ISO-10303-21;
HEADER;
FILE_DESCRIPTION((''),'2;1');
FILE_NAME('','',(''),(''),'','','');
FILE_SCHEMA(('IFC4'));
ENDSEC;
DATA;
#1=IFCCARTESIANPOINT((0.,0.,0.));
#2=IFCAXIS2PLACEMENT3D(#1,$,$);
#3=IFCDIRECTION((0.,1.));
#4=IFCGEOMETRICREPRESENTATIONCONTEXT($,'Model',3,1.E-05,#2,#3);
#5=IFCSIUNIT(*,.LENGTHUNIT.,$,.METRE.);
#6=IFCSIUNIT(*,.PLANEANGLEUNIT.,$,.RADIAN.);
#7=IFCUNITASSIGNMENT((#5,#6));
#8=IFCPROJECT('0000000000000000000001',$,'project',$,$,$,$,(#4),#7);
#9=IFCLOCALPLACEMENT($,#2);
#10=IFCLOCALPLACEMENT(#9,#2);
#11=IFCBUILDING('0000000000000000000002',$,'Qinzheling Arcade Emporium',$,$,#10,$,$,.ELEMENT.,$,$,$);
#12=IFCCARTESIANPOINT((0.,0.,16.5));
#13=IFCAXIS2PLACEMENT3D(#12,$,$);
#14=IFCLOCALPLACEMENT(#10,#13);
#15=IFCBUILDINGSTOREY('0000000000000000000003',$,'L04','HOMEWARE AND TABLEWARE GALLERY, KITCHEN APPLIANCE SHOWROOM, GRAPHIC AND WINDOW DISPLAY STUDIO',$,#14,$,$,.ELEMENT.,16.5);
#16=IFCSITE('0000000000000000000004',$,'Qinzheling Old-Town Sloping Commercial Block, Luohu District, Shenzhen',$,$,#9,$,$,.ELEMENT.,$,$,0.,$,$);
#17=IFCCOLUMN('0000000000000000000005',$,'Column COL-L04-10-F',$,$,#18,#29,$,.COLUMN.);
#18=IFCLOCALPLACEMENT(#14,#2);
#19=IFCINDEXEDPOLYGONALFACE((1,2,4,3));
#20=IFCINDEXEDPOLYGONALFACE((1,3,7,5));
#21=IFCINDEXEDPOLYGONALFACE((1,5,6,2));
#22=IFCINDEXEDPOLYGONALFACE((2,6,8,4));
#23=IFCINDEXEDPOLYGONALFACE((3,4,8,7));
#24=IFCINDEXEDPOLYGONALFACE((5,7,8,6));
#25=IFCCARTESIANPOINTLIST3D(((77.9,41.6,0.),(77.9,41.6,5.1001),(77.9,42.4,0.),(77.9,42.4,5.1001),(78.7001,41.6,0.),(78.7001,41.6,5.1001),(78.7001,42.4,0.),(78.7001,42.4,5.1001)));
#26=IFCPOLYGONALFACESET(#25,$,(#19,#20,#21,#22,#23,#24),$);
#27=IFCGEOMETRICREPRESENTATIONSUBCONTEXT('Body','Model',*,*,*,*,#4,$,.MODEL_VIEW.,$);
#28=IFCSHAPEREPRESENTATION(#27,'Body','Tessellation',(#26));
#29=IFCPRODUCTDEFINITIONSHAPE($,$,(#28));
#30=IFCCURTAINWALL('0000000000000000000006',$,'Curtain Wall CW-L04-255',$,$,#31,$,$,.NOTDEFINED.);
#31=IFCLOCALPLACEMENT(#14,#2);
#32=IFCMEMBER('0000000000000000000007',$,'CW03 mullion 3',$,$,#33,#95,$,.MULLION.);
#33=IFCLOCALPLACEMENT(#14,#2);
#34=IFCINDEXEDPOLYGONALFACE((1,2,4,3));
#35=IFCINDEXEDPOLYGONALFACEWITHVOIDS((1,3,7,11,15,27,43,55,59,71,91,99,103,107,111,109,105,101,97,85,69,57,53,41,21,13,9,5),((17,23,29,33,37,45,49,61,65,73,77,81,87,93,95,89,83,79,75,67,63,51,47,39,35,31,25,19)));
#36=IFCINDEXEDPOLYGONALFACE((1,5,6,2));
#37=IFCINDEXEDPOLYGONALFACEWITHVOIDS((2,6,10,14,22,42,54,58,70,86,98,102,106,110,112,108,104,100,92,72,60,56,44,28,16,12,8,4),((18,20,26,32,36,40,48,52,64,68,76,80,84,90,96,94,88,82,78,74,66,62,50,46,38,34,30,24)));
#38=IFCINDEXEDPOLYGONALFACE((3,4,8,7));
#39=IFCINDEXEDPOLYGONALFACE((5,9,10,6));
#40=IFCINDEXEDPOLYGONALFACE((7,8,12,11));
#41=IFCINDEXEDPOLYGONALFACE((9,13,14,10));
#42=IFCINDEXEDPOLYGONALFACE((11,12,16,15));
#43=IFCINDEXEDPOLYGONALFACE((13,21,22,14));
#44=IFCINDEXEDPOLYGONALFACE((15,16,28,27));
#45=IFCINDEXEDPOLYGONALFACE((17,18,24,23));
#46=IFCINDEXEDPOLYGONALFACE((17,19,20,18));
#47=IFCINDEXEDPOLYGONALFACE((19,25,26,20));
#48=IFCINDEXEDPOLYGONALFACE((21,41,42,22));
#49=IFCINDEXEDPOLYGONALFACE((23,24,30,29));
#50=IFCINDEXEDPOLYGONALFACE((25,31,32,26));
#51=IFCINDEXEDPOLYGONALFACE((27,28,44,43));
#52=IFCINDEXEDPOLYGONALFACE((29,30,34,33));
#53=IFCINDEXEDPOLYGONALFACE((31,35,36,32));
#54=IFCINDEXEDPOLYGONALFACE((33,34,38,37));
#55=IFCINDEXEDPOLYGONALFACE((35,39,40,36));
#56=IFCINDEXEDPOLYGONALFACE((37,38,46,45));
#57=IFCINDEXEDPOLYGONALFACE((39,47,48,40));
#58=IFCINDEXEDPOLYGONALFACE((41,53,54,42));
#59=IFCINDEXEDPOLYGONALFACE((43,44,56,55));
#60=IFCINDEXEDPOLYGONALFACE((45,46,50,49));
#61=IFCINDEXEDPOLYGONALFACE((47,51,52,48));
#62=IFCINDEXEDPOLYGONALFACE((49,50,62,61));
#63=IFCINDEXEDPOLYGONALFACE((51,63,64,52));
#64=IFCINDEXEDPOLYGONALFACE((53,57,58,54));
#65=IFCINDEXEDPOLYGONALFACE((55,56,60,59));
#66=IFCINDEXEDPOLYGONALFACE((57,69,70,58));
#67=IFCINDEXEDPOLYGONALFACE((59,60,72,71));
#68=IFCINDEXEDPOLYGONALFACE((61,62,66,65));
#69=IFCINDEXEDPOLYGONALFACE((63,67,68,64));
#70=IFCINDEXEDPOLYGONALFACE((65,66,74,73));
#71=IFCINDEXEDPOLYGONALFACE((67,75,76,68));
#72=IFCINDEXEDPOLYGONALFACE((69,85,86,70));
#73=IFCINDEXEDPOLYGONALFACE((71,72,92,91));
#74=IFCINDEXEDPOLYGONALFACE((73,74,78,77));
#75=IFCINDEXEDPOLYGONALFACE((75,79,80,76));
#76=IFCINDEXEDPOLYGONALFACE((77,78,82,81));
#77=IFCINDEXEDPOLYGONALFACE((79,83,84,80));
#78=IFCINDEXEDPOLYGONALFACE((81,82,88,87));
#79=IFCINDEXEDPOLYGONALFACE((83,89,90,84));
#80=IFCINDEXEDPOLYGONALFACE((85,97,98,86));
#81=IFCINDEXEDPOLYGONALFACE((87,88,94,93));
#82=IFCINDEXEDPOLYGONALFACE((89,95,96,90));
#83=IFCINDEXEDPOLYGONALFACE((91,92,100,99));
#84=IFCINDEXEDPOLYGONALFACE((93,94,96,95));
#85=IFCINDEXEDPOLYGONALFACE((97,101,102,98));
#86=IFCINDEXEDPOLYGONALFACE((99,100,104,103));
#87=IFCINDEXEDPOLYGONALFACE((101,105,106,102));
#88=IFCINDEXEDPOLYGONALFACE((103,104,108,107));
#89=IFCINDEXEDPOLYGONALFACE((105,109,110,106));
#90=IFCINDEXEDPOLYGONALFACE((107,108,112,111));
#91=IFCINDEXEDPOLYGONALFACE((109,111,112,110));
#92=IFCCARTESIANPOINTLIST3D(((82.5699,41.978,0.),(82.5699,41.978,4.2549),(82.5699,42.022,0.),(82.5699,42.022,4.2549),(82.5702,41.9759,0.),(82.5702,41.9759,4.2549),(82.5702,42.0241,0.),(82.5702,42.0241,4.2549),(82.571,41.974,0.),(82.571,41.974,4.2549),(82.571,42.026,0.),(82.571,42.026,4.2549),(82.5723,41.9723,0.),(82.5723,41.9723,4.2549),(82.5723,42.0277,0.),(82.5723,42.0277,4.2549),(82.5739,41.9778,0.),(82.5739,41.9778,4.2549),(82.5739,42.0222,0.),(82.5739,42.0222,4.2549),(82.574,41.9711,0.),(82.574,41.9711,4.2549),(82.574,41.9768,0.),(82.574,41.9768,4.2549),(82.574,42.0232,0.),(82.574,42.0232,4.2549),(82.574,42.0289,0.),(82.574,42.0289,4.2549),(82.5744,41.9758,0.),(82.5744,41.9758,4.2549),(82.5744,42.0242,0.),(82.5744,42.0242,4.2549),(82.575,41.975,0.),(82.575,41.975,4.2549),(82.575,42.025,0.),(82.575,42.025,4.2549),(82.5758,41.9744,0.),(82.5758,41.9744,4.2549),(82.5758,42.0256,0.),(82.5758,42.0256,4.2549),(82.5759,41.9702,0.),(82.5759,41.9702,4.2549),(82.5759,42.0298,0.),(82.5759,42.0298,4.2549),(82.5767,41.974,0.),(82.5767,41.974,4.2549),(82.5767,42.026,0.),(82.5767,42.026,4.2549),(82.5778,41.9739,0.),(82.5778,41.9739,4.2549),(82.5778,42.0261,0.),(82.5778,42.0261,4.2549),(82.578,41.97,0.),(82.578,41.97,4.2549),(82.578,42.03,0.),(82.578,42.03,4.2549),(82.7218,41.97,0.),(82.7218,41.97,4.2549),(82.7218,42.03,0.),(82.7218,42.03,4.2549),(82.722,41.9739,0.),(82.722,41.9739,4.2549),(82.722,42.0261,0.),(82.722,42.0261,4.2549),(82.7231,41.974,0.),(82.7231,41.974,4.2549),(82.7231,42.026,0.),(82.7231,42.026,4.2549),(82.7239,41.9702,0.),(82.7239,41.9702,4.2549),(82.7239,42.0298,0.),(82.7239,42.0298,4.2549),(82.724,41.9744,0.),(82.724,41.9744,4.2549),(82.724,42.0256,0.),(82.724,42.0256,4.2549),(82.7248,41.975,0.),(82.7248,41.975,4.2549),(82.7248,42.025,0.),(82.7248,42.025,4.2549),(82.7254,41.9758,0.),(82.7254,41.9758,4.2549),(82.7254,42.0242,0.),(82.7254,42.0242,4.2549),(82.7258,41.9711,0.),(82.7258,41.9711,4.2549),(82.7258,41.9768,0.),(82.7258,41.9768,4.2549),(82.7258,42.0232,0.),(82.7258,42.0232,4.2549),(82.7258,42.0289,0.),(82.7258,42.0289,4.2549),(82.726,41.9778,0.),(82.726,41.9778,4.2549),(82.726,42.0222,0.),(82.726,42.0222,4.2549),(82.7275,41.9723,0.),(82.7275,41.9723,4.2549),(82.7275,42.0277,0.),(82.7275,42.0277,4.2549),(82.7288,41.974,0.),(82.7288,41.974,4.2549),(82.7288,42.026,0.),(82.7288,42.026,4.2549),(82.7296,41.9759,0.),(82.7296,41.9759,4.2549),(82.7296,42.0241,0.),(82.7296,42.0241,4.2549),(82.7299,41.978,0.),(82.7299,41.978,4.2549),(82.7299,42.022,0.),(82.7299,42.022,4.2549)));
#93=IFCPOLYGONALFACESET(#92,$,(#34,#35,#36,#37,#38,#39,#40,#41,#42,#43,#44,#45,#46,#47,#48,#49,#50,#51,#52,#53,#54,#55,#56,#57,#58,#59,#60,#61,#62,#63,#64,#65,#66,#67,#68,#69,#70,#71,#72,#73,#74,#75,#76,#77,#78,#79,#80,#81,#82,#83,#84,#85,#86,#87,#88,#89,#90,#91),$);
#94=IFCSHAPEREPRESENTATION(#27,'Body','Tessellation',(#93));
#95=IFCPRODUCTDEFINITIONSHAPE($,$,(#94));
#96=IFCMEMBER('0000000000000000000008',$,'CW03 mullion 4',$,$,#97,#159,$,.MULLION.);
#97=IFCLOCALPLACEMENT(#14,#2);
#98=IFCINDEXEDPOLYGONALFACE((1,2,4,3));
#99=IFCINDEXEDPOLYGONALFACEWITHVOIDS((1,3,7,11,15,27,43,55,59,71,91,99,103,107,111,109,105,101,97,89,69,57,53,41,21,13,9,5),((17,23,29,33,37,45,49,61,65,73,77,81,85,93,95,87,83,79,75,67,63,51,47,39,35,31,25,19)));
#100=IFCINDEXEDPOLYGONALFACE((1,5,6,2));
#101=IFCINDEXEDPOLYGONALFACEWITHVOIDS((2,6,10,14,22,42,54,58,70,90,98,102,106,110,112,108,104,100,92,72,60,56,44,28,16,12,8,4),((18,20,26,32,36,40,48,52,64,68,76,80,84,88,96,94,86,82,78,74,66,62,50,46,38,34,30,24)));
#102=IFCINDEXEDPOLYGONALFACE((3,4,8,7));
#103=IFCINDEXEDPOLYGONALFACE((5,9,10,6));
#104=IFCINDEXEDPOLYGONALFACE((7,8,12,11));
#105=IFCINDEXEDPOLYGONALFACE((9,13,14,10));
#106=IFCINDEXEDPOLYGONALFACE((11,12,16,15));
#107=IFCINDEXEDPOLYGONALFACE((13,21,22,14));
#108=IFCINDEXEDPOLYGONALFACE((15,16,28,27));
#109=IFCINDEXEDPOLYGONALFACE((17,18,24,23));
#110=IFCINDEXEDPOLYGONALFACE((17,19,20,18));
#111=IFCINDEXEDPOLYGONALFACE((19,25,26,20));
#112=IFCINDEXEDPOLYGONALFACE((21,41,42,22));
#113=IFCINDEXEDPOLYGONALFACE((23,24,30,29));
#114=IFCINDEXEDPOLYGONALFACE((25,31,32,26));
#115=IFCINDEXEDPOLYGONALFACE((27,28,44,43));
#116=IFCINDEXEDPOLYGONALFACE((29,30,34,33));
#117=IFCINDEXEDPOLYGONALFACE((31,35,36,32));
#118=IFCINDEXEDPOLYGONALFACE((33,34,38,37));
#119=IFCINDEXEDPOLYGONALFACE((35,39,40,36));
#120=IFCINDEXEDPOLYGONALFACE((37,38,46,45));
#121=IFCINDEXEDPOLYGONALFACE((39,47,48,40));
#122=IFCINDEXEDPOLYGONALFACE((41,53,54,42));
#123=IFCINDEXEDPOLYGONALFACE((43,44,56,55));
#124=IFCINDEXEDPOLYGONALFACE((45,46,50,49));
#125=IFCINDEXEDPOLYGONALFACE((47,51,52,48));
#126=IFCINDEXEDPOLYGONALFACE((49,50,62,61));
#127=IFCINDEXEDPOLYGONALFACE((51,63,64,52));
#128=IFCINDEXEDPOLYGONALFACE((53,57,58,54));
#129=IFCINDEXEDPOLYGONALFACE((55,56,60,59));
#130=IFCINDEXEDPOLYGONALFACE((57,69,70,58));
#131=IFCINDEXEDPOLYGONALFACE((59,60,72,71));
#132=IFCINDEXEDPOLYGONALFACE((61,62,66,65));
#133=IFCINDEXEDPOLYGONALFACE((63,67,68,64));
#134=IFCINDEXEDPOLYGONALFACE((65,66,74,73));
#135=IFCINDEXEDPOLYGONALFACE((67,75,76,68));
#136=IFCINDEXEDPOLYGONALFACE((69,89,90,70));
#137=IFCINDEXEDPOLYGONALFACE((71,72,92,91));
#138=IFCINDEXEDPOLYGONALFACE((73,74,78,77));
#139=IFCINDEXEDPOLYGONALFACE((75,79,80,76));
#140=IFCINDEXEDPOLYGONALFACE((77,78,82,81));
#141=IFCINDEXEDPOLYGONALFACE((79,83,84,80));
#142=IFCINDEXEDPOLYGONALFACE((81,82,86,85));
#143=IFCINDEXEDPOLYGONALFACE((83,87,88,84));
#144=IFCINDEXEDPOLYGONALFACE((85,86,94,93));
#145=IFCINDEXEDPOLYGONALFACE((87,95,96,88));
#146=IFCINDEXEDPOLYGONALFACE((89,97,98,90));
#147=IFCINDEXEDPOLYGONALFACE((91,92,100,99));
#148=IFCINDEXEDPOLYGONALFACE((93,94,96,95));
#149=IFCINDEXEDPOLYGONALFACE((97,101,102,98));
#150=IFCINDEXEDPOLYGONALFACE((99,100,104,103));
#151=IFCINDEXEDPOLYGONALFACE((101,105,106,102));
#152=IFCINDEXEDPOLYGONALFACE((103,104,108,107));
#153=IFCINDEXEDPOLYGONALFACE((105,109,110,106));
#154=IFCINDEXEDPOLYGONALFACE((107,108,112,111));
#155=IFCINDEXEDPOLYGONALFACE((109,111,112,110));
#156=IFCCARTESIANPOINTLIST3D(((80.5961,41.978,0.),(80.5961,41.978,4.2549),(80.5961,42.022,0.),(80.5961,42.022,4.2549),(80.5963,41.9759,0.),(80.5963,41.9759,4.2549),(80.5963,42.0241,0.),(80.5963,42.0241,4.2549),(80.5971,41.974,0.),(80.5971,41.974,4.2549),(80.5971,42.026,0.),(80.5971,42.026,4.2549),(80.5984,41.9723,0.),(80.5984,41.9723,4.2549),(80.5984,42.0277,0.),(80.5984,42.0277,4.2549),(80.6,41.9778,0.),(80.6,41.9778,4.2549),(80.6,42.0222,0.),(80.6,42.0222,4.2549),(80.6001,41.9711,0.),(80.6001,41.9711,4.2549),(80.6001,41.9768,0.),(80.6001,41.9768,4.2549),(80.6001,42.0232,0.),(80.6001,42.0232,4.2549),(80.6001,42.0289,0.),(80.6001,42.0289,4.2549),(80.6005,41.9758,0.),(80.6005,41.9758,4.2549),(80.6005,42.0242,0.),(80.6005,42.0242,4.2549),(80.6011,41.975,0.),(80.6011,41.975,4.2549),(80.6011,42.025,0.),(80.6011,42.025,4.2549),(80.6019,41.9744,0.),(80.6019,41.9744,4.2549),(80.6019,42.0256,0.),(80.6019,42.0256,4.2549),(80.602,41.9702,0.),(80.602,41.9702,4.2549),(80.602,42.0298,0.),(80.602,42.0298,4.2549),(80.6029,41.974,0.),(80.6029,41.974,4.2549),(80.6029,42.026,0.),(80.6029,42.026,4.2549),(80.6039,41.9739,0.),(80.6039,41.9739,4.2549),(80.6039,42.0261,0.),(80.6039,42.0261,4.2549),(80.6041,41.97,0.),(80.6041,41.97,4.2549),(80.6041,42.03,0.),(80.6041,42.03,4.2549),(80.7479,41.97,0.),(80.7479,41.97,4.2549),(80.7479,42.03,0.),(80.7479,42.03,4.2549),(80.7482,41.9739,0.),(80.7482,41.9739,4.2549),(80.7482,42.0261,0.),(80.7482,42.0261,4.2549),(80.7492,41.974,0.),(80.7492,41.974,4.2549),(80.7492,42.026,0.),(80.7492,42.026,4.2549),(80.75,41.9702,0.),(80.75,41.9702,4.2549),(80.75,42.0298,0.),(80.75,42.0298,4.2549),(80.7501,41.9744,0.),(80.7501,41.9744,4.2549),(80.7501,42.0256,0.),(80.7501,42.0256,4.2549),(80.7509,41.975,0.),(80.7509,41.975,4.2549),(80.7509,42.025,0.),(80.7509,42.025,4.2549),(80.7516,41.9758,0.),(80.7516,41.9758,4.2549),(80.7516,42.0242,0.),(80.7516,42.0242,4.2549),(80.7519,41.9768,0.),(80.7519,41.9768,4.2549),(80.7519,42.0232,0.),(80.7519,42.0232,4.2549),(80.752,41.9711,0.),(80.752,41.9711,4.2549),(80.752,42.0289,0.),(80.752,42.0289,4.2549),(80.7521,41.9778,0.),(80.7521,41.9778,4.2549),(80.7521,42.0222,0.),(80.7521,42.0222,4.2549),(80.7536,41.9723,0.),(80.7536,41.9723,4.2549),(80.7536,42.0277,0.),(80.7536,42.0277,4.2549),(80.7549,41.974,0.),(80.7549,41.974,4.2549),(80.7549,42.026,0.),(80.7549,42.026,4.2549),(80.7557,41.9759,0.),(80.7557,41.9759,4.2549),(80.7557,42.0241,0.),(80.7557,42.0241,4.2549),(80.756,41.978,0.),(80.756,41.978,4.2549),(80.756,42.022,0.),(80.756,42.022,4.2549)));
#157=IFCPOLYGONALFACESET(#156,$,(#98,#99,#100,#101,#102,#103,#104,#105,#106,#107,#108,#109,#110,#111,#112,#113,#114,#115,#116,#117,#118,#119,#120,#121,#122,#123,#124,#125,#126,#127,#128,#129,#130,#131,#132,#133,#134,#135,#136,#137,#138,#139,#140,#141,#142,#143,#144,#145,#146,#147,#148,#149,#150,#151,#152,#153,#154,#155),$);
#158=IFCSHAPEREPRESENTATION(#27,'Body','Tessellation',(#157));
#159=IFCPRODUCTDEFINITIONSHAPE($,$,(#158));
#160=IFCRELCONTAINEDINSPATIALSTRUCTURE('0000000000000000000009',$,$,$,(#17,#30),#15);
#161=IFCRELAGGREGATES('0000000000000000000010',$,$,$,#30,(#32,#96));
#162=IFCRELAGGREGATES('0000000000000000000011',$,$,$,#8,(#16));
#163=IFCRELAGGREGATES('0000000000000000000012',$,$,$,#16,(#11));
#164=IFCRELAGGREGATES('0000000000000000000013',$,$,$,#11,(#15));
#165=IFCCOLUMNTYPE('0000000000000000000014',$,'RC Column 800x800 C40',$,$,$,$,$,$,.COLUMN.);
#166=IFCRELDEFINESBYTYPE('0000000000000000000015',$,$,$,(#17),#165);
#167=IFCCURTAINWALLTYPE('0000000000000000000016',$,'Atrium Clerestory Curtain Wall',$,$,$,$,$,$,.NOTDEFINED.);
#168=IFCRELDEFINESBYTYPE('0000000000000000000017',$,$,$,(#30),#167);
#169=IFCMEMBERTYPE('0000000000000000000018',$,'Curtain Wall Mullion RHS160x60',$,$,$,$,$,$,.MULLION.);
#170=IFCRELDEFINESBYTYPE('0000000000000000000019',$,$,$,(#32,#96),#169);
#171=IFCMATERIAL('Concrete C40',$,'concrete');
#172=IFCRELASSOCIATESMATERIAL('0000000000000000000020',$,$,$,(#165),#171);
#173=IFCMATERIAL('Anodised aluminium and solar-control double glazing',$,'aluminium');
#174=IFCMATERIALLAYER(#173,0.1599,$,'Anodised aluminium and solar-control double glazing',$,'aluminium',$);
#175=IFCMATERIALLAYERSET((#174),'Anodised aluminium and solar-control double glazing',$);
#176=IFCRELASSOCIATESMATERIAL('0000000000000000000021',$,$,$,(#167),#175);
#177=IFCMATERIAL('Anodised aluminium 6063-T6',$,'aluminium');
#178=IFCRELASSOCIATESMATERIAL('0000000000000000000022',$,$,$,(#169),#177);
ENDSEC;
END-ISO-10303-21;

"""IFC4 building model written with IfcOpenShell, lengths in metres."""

from ifc_helpers import new_model, si_unit, direction, frame, origin, origin_2d, place, context, subcontext, project, spatial, rectangle, hollow_rectangle, extrude, material, layer, layer_set, material_profile, profile_set, type_object, element, aggregate, save


model = new_model("IFC4")

# Units and contexts
model_context = context("Model", 3, precision=1e-05, world=origin(), true_north=direction((0.0, 1.0)))
body_context = subcontext(model_context, "Body", "Model", "MODEL_VIEW")
ifc_project = project(units=[si_unit("LENGTHUNIT", "METRE"), si_unit("PLANEANGLEUNIT", "RADIAN")], contexts=[model_context])

# Site, building, storey
site_placement = place(None, origin())
site = spatial("IfcSite", under=ifc_project, at=site_placement, Name="Qinzheling Old-Town Sloping Commercial Block, Luohu District, Shenzhen", CompositionType="ELEMENT", RefElevation=0.0)
building_placement = place(site_placement, origin())
building = spatial("IfcBuilding", under=site, at=building_placement, Name="Qinzheling Arcade Emporium", CompositionType="ELEMENT")
storey_placement = place(building_placement, frame((0.0, 0.0, 16.5)))
storey = spatial("IfcBuildingStorey", under=building, at=storey_placement, Name="L04", Description="HOMEWARE AND TABLEWARE GALLERY, KITCHEN APPLIANCE SHOWROOM, GRAPHIC AND WINDOW DISPLAY STUDIO", CompositionType="ELEMENT", Elevation=16.5)

# Column
ifc_material_1 = material(Name="Concrete C40", Category="concrete")
ifc_material_profile_1 = material_profile(ifc_material_1, rectangle(XDim=0.8, YDim=0.8, at=origin_2d()), Name="RC 800x800", Category="concrete")
ifc_profile_set_1 = profile_set([ifc_material_profile_1], Name="Concrete C40")
column_type = type_object("IfcColumnType", Name="RC Column 800x800 C40", PredefinedType="COLUMN", material=ifc_profile_set_1)
column_placement = place(storey_placement, frame((78.3, 42.0, 0.0), z_axis=(0.0, 0.0, 1.0), x_axis=(1.0, 0.0, 0.0)))
element("IfcColumn", 1, at=column_placement, inside=storey, type_object=column_type, Name="Column COL-L04-10-F", PredefinedType="COLUMN", context=body_context, shape_type="SweptSolid", body=[
    extrude(rectangle(XDim=0.8, YDim=0.8, at=origin_2d()), origin(), (0.0, 0.0, 1.0), 5.1001),
])

# Curtain wall, members
ifc_material_2 = material(Name="Anodised aluminium and solar-control double glazing", Category="aluminium")
ifc_layer_1 = layer(ifc_material_2, 0.1599, Name="Anodised aluminium and solar-control double glazing", Category="aluminium")
ifc_layer_set_1 = layer_set([ifc_layer_1], Name="Anodised aluminium and solar-control double glazing")
curtain_wall_type = type_object("IfcCurtainWallType", Name="Atrium Clerestory Curtain Wall", PredefinedType="NOTDEFINED", material=ifc_layer_set_1)
curtain_wall_1_placement = place(storey_placement, origin())
curtain_wall_1 = element("IfcCurtainWall", 2, at=curtain_wall_1_placement, inside=storey, type_object=curtain_wall_type, Name="Curtain Wall CW-L04-255", PredefinedType="NOTDEFINED")
ifc_material_3 = material(Name="Anodised aluminium 6063-T6", Category="aluminium")
ifc_material_profile_2 = material_profile(ifc_material_3, hollow_rectangle(XDim=0.0601, YDim=0.1599, WallThickness=0.0039, InnerFilletRadius=0.0039, OuterFilletRadius=0.0081, at=origin_2d()), Name="RHS 160x60x4", Category="aluminium")
ifc_profile_set_2 = profile_set([ifc_material_profile_2], Name="Anodised aluminium 6063-T6")
member_type_1 = type_object("IfcMemberType", Name="Curtain Wall Mullion RHS160x60", PredefinedType="MULLION", material=ifc_profile_set_2)
member_1_placement = place(storey_placement, frame((82.6499, 42.0, 0.0), z_axis=(0.0, 0.0, 1.0), x_axis=(0.0, -1.0, 0.0)))
member_1 = element("IfcMember", 3, at=member_1_placement, type_object=member_type_1, Name="CW03 mullion 3", PredefinedType="MULLION", context=body_context, shape_type="SweptSolid", body=[
    extrude(hollow_rectangle(XDim=0.0601, YDim=0.1599, WallThickness=0.0039, InnerFilletRadius=0.0039, OuterFilletRadius=0.0081, at=origin_2d()), origin(), (0.0, 0.0, 1.0), 4.2549),
])
member_2_placement = place(storey_placement, frame((80.676, 42.0, 0.0), z_axis=(0.0, 0.0, 1.0), x_axis=(0.0, -1.0, 0.0)))
member_2 = element("IfcMember", 4, at=member_2_placement, type_object=member_type_1, Name="CW03 mullion 4", PredefinedType="MULLION", context=body_context, shape_type="SweptSolid", body=[
    extrude(hollow_rectangle(XDim=0.0601, YDim=0.1599, WallThickness=0.0039, InnerFilletRadius=0.0039, OuterFilletRadius=0.0081, at=origin_2d()), origin(), (0.0, 0.0, 1.0), 4.2549),
])

aggregate(curtain_wall_1, [member_1, member_2])

save(model, "model.ifc")
